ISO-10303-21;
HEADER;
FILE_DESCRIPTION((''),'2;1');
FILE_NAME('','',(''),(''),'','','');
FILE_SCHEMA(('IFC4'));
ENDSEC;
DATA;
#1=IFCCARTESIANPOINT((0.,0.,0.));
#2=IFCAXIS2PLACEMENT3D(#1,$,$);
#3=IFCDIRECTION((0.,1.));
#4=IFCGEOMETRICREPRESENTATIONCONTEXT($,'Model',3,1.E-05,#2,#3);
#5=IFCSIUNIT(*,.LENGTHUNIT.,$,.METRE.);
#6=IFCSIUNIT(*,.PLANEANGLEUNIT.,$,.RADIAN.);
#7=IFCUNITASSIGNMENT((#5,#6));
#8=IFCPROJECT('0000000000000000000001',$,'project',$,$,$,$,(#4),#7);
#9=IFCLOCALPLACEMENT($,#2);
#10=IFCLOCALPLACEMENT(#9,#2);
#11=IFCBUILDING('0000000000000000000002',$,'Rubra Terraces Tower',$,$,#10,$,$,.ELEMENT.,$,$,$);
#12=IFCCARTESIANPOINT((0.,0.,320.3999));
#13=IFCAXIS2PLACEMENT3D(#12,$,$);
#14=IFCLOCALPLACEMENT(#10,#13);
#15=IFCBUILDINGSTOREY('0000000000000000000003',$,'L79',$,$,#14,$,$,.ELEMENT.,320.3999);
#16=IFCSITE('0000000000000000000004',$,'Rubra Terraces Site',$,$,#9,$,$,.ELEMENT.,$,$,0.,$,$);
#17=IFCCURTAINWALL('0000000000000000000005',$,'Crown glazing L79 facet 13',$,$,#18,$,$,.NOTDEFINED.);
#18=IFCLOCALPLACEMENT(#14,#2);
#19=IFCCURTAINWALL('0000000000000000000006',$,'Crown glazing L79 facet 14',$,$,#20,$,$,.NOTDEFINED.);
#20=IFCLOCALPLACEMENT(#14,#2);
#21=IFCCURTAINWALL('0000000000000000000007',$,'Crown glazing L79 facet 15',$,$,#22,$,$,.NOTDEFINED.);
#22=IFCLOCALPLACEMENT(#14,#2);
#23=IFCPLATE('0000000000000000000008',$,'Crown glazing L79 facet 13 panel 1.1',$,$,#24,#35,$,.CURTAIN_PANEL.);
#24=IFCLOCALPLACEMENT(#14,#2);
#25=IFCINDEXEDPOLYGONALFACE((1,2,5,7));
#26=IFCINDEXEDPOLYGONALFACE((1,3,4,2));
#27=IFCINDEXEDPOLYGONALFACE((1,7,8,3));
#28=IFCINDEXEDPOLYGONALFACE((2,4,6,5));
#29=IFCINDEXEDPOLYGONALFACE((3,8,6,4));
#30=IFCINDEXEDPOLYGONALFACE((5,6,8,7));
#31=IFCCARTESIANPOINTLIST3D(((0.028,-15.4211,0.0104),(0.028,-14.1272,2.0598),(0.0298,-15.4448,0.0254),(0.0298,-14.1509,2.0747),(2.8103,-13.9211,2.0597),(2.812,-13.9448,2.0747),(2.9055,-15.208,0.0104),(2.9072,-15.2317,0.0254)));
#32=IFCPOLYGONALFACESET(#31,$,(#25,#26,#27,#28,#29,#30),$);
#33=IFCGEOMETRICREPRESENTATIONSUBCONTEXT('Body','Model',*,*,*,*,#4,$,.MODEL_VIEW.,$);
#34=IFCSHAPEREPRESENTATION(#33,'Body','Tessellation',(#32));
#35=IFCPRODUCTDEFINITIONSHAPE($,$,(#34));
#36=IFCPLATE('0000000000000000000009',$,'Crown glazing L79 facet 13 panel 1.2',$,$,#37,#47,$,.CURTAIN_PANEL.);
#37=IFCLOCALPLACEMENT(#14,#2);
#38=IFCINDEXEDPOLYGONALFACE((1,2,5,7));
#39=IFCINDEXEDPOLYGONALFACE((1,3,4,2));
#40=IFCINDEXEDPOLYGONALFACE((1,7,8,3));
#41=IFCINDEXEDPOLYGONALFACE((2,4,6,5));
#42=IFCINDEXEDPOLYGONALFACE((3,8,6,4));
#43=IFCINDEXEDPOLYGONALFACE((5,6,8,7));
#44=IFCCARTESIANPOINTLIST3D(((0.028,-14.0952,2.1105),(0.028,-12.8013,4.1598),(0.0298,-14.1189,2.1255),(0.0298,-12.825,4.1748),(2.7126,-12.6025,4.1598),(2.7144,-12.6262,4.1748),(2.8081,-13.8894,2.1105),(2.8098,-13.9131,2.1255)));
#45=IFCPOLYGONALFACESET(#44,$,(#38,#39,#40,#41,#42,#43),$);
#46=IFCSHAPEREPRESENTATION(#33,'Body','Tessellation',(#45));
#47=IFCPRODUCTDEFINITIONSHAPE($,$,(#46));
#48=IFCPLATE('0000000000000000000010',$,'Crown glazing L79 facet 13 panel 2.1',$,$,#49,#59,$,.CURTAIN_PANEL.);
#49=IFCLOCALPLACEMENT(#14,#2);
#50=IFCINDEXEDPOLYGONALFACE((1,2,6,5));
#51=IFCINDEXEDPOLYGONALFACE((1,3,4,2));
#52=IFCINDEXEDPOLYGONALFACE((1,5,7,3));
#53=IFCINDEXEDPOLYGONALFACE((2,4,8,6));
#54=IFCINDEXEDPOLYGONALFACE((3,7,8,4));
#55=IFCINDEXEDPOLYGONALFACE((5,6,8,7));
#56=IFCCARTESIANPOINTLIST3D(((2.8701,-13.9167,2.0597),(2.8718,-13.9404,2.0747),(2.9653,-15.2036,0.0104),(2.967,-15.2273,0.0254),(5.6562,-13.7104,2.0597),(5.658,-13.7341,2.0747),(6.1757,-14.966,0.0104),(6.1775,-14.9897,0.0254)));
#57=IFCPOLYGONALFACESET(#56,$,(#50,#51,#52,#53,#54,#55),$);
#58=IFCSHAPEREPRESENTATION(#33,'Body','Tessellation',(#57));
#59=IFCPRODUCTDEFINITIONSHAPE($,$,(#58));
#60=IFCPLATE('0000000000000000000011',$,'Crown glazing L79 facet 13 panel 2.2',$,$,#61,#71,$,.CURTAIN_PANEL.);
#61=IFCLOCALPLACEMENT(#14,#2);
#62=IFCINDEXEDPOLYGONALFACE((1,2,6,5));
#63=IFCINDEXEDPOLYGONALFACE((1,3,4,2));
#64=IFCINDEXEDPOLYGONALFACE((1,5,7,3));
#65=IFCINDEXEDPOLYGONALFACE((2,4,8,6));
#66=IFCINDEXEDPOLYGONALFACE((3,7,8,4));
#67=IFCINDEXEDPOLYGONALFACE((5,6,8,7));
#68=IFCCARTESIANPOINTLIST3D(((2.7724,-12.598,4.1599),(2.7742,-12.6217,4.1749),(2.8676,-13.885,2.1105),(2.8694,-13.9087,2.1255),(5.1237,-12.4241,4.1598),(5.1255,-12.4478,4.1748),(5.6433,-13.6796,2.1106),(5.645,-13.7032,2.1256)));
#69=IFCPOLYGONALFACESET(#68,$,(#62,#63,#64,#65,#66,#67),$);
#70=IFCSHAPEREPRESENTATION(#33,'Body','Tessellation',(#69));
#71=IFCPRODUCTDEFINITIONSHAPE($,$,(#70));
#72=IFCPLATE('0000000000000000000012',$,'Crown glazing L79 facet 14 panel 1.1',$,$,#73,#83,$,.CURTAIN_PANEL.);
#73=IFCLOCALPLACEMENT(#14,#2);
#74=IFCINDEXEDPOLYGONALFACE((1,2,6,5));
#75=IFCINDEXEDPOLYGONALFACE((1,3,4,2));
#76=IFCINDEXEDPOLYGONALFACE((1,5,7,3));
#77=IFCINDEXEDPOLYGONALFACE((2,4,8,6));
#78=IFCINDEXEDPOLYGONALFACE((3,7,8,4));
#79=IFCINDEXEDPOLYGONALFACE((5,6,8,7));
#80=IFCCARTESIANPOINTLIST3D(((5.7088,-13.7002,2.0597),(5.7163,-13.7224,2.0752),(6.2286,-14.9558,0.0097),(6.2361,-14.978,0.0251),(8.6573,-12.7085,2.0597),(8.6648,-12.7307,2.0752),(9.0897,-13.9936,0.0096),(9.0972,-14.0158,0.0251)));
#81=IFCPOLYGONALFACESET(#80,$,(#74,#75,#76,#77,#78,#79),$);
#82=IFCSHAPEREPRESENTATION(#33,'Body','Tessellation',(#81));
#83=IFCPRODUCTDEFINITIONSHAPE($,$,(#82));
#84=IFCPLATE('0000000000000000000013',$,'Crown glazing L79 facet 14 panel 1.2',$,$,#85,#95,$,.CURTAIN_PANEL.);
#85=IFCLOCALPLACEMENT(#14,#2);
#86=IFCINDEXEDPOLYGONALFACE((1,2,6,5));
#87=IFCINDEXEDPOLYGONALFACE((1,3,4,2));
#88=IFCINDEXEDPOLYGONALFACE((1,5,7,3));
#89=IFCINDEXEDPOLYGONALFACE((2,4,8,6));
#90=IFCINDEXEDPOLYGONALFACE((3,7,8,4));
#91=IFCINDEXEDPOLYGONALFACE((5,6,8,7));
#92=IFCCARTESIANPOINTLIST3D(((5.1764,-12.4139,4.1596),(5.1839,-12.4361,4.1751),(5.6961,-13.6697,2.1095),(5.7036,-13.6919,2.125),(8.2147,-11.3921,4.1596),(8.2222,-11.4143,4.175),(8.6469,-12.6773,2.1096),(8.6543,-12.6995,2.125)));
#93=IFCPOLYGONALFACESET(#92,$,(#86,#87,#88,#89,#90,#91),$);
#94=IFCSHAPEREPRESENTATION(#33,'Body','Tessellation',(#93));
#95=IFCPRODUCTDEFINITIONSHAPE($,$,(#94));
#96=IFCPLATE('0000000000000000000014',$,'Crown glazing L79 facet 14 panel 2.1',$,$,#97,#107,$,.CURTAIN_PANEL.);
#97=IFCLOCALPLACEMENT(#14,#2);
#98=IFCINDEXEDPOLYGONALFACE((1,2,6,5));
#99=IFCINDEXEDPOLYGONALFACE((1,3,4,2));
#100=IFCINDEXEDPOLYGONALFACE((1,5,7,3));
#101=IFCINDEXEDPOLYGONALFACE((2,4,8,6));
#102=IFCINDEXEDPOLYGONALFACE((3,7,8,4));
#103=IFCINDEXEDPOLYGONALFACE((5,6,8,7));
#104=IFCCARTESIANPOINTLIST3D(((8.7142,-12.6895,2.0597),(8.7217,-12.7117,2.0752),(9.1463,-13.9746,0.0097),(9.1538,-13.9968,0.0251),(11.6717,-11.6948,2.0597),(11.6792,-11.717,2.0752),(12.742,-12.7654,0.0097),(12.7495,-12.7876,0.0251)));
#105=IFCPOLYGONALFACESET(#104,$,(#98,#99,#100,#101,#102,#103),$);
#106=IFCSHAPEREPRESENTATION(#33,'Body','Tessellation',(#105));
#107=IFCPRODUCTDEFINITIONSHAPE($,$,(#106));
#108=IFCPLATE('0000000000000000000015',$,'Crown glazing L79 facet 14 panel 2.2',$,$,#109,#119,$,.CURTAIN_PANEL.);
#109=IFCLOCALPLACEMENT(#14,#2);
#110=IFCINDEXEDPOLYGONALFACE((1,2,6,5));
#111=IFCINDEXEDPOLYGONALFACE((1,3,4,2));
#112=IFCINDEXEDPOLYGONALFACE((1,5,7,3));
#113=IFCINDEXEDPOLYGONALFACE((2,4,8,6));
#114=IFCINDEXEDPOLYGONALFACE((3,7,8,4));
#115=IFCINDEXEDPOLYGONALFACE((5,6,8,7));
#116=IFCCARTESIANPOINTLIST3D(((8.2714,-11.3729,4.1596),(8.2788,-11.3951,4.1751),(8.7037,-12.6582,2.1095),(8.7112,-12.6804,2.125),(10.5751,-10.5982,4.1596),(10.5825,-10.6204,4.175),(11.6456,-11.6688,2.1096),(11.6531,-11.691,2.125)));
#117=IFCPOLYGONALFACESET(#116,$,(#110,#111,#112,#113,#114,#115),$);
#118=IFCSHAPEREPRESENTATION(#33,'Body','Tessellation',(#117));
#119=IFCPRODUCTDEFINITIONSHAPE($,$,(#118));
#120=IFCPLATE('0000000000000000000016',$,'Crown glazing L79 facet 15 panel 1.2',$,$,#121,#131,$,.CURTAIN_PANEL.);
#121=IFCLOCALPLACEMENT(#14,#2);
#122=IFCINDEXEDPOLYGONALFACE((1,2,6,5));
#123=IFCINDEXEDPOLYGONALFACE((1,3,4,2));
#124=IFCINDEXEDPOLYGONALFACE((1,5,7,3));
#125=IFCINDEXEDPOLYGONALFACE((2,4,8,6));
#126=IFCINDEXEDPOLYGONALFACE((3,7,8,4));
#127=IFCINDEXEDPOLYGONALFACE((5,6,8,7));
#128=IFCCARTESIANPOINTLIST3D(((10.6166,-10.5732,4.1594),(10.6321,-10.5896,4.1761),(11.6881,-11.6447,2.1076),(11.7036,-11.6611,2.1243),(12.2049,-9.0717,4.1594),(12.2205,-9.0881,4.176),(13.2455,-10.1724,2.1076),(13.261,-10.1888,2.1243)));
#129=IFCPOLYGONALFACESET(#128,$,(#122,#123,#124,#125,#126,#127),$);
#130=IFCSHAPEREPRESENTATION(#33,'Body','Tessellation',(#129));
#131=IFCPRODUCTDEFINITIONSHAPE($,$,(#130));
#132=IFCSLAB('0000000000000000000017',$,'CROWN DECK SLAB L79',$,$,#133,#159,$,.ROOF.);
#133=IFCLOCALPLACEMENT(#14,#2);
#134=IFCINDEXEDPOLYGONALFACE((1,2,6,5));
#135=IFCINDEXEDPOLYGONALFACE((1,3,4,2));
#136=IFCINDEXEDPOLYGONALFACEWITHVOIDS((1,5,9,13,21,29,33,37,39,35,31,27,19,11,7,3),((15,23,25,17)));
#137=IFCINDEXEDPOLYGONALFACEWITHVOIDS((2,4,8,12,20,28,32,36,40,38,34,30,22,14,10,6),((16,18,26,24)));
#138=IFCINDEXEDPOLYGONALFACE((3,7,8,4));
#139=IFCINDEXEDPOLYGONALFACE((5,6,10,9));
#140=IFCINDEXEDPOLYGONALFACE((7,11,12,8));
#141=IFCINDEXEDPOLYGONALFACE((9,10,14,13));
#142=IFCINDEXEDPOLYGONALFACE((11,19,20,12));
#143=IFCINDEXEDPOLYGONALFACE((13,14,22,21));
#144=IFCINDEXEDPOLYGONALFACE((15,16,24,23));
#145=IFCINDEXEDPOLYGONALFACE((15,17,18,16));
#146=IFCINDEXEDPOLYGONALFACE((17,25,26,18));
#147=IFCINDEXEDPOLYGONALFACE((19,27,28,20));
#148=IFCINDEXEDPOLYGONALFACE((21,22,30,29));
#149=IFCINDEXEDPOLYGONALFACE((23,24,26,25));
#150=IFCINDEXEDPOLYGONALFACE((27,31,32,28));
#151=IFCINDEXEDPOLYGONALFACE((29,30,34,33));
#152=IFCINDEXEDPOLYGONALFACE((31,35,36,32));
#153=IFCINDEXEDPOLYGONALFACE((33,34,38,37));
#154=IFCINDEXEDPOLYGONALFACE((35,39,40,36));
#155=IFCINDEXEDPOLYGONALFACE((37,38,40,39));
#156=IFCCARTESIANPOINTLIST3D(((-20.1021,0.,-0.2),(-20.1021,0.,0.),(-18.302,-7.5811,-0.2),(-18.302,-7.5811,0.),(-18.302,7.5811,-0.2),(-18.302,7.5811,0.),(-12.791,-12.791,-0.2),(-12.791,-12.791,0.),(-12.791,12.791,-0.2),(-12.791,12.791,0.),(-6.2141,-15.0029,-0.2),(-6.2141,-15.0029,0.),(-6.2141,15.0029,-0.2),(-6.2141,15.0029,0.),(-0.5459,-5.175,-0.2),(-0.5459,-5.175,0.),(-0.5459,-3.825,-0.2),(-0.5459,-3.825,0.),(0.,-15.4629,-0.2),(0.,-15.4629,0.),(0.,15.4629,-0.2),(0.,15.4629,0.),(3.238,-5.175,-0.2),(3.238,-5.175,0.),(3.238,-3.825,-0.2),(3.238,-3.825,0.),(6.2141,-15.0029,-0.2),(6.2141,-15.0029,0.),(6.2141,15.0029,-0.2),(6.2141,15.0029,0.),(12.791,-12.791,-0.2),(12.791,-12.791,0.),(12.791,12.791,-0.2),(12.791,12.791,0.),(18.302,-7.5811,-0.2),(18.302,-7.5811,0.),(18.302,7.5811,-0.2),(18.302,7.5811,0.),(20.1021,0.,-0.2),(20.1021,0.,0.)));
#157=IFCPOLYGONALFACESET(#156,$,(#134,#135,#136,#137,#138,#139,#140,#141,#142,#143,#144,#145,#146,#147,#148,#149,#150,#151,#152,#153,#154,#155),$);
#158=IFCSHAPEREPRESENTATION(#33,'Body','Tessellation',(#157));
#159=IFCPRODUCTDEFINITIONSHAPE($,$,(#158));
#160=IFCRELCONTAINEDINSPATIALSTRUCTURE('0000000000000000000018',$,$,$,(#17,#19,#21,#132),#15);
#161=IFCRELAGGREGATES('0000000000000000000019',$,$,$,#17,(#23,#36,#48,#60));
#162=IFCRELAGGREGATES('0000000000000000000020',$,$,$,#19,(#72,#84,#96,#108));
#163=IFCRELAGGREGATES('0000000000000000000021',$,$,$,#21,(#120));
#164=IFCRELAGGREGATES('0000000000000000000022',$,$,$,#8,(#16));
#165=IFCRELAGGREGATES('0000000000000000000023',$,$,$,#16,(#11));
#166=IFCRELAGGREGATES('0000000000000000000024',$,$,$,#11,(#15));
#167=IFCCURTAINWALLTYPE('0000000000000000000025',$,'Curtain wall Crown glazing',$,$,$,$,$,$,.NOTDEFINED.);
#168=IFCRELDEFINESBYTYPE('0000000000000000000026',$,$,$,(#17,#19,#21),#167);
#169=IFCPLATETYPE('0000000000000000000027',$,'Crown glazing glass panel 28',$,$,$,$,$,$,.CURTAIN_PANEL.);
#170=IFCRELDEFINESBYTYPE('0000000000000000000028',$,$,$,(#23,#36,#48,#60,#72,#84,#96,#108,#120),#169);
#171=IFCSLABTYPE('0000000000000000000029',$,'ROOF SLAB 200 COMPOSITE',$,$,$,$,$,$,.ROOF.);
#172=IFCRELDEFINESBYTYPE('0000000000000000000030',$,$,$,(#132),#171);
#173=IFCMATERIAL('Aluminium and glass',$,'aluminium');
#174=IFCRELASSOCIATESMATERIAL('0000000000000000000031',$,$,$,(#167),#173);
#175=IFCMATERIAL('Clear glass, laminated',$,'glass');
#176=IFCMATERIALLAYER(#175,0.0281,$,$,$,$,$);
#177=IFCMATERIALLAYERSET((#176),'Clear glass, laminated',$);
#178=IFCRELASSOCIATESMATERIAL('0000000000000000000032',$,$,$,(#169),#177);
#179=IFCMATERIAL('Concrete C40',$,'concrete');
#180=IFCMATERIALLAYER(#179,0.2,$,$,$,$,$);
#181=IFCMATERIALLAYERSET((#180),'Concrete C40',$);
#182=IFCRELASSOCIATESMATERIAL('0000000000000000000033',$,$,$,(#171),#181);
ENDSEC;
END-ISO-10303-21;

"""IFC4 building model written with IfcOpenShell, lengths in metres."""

from ifc_helpers import new_model, si_unit, direction, frame, origin, place, context, subcontext, project, spatial, polyline, outline, extrude, material, layer, layer_set, type_object, element, aggregate, save


model = new_model("IFC4")

# Units and contexts
model_context = context("Model", 3, precision=1e-05, world=origin(), true_north=direction((0.0, 1.0)))
body_context = subcontext(model_context, "Body", "Model", "MODEL_VIEW")
ifc_project = project(units=[si_unit("LENGTHUNIT", "METRE"), si_unit("PLANEANGLEUNIT", "RADIAN")], contexts=[model_context])

# Site, building, storey
site_placement = place(None, origin())
site = spatial("IfcSite", under=ifc_project, at=site_placement, Name="Rubra Terraces Site", CompositionType="ELEMENT", RefElevation=0.0)
building_placement = place(site_placement, origin())
building = spatial("IfcBuilding", under=site, at=building_placement, Name="Rubra Terraces Tower", CompositionType="ELEMENT")
storey_placement = place(building_placement, frame((0.0, 0.0, 320.3999)))
storey = spatial("IfcBuildingStorey", under=building, at=storey_placement, Name="L79", CompositionType="ELEMENT", Elevation=320.3999)

# Curtain walls
ifc_material_1 = material(Name="Aluminium and glass", Category="aluminium")
curtain_wall_type = type_object("IfcCurtainWallType", Name="Curtain wall Crown glazing", PredefinedType="NOTDEFINED", material=ifc_material_1)
curtain_wall_1_placement = place(storey_placement, origin())
curtain_wall_1 = element("IfcCurtainWall", 1, at=curtain_wall_1_placement, inside=storey, type_object=curtain_wall_type, Name="Crown glazing L79 facet 13", PredefinedType="NOTDEFINED")
curtain_wall_2_placement = place(storey_placement, origin())
curtain_wall_2 = element("IfcCurtainWall", 2, at=curtain_wall_2_placement, inside=storey, type_object=curtain_wall_type, Name="Crown glazing L79 facet 14", PredefinedType="NOTDEFINED")

# Curtain wall
curtain_wall_3_placement = place(storey_placement, origin())
curtain_wall_3 = element("IfcCurtainWall", 3, at=curtain_wall_3_placement, inside=storey, type_object=curtain_wall_type, Name="Crown glazing L79 facet 15", PredefinedType="NOTDEFINED")

# Plates
ifc_material_2 = material(Name="Clear glass, laminated", Category="glass")
ifc_layer_1 = layer(ifc_material_2, 0.0281)
ifc_layer_set_1 = layer_set([ifc_layer_1], Name="Clear glass, laminated")
plate_type = type_object("IfcPlateType", Name="Crown glazing glass panel 28", PredefinedType="CURTAIN_PANEL", material=ifc_layer_set_1)
plate_1_placement = place(storey_placement, frame((0.0298, -15.4448, 0.0254), z_axis=(0.062505, -0.843905, 0.532839), x_axis=(0.997268, 0.073865, 0.000002)))
plate_1 = element("IfcPlate", 4, at=plate_1_placement, type_object=plate_type, Name="Crown glazing L79 facet 13 panel 1.1", PredefinedType="CURTAIN_PANEL", context=body_context, shape_type="SweptSolid", body=[
    extrude(outline(polyline([(0.0, 0.0), (2.8853, 0.0), (2.8854, 2.4217), (0.0956, 2.4217), (0.0, 0.0)])), origin(), (0.0, 0.0, -1.0), 0.0281),
])
plate_2_placement = place(storey_placement, frame((0.0298, -14.1189, 2.1255), z_axis=(0.062474, -0.843905, 0.532842), x_axis=(0.997271, 0.073828, 0.000001)))
plate_2 = element("IfcPlate", 5, at=plate_2_placement, type_object=plate_type, Name="Crown glazing L79 facet 13 panel 1.2", PredefinedType="CURTAIN_PANEL", context=body_context, shape_type="SweptSolid", body=[
    extrude(outline(polyline([(0.0, 0.0), (2.7876, 0.0), (2.7874, 2.4217), (0.0955, 2.4217), (0.0, 0.0)])), origin(), (0.0, 0.0, -1.0), 0.0281),
])
plate_3_placement = place(storey_placement, frame((2.967, -15.2273, 0.0254), z_axis=(0.062462, -0.843896, 0.532858), x_axis=(0.997272, 0.073808, -0.000011)))
plate_3 = element("IfcPlate", 6, at=plate_3_placement, type_object=plate_type, Name="Crown glazing L79 facet 13 panel 2.1", PredefinedType="CURTAIN_PANEL", context=body_context, shape_type="SweptSolid", body=[
    extrude(outline(polyline([(0.0, 0.0), (3.2192, 0.0), (2.7938, 2.4218), (0.0, 2.4217), (0.0, 0.0)])), origin(), (0.0, 0.0, -1.0), 0.0281),
])
plate_4_placement = place(storey_placement, frame((2.8694, -13.9087, 2.1255), z_axis=(0.062448, -0.843898, 0.532857), x_axis=(0.997272, 0.073815, 0.000027)))
plate_4 = element("IfcPlate", 7, at=plate_4_placement, type_object=plate_type, Name="Crown glazing L79 facet 13 panel 2.2", PredefinedType="CURTAIN_PANEL", context=body_context, shape_type="SweptSolid", body=[
    extrude(outline(polyline([(0.0, 0.0), (2.7832, 0.0), (2.3578, 2.4217), (0.0001, 2.4219), (0.0, 0.0)])), origin(), (0.0, 0.0, -1.0), 0.0281),
])
aggregate(curtain_wall_1, [plate_1, plate_2, plate_3, plate_4])
plate_5_placement = place(storey_placement, frame((6.2361, -14.978, 0.0251), z_axis=(0.265881, -0.790565, 0.551646), x_axis=(0.947834, 0.318765, -0.000011)))
plate_5 = element("IfcPlate", 8, at=plate_5_placement, type_object=plate_type, Name="Crown glazing L79 facet 14 panel 1.1", PredefinedType="CURTAIN_PANEL", context=body_context, shape_type="SweptSolid", body=[
    extrude(outline(polyline([(0.0, 0.0), (3.0185, 0.0), (3.0184, 2.4579), (-0.0924, 2.4578), (0.0, 0.0)])), origin(), (0.0, 0.0, -1.0), 0.0281),
])
plate_6_placement = place(storey_placement, frame((5.7036, -13.6919, 2.125), z_axis=(0.26587, -0.790554, 0.551668), x_axis=(0.947831, 0.318773, 0.000013)))
plate_6 = element("IfcPlate", 9, at=plate_6_placement, type_object=plate_type, Name="Crown glazing L79 facet 14 panel 1.2", PredefinedType="CURTAIN_PANEL", context=body_context, shape_type="SweptSolid", body=[
    extrude(outline(polyline([(0.0, 0.0), (3.1131, 0.0), (3.1132, 2.4579), (-0.0923, 2.458), (0.0, 0.0)])), origin(), (0.0, 0.0, -1.0), 0.0281),
])
plate_7_placement = place(storey_placement, frame((9.1538, -13.9968, 0.0251), z_axis=(0.265869, -0.790569, 0.551647), x_axis=(0.947836, 0.318758, -0.000001)))
plate_7 = element("IfcPlate", 10, at=plate_7_placement, type_object=plate_type, Name="Crown glazing L79 facet 14 panel 2.1", PredefinedType="CURTAIN_PANEL", context=body_context, shape_type="SweptSolid", body=[
    extrude(outline(polyline([(0.0, 0.0), (3.7936, 0.0), (3.1204, 2.4579), (0.0001, 2.4579), (0.0, 0.0)])), origin(), (0.0, 0.0, -1.0), 0.0281),
])
plate_8_placement = place(storey_placement, frame((8.7112, -12.6804, 2.125), z_axis=(0.265865, -0.790531, 0.551703), x_axis=(0.94783, 0.318777, 0.000015)))
plate_8 = element("IfcPlate", 11, at=plate_8_placement, type_object=plate_type, Name="Crown glazing L79 facet 14 panel 2.2", PredefinedType="CURTAIN_PANEL", context=body_context, shape_type="SweptSolid", body=[
    extrude(outline(polyline([(0.0, 0.0), (3.1038, 0.0), (2.4304, 2.4579), (0.0, 2.458), (0.0, 0.0)])), origin(), (0.0, 0.0, -1.0), 0.0281),
])
aggregate(curtain_wall_2, [plate_5, plate_6, plate_7, plate_8])
plate_9_placement = place(storey_placement, frame((11.7036, -11.6611, 2.1243), z_axis=(0.552686, -0.584628, 0.593927), x_axis=(0.726669, 0.686987, 0.000021)))
plate_9 = element("IfcPlate", 12, at=plate_9_placement, type_object=plate_type, Name="Crown glazing L79 facet 15 panel 1.2", PredefinedType="CURTAIN_PANEL", context=body_context, shape_type="SweptSolid", body=[
    extrude(outline(polyline([(0.0, 0.0), (2.1432, 0.0), (2.1432, 2.5502), (-0.0425, 2.5503), (0.0, 0.0)])), origin(), (0.0, 0.0, -1.0), 0.0281),
])
aggregate(curtain_wall_3, [plate_9])

# Slab
ifc_material_3 = material(Name="Concrete C40", Category="concrete")
ifc_layer_2 = layer(ifc_material_3, 0.2)
ifc_layer_set_2 = layer_set([ifc_layer_2], Name="Concrete C40")
slab_type = type_object("IfcSlabType", Name="ROOF SLAB 200 COMPOSITE", PredefinedType="ROOF", material=ifc_layer_set_2)
slab_placement = place(storey_placement, frame((0.0, 0.0, -0.2)))
element("IfcSlab", 13, at=slab_placement, inside=storey, type_object=slab_type, Name="CROWN DECK SLAB L79", PredefinedType="ROOF", context=body_context, shape_type="SweptSolid", body=[
    extrude(outline(polyline([(18.302, -7.5811), (20.1021, 0.0), (18.302, 7.5811), (12.791, 12.791), (6.2141, 15.0029), (0.0, 15.4629), (-6.2141, 15.0029), (-12.791, 12.791), (-18.302, 7.5811), (-20.1021, 0.0), (-18.302, -7.5811), (-12.791, -12.791), (-6.2141, -15.0029), (0.0, -15.4629), (6.2141, -15.0029), (12.791, -12.791), (18.302, -7.5811)]), holes=[polyline([(3.238, -5.175), (-0.5459, -5.175), (-0.5459, -3.825), (3.238, -3.825), (3.238, -5.175)])]), origin(), (0.0, 0.0, 1.0), 0.2),
])

save(model, "model.ifc")
